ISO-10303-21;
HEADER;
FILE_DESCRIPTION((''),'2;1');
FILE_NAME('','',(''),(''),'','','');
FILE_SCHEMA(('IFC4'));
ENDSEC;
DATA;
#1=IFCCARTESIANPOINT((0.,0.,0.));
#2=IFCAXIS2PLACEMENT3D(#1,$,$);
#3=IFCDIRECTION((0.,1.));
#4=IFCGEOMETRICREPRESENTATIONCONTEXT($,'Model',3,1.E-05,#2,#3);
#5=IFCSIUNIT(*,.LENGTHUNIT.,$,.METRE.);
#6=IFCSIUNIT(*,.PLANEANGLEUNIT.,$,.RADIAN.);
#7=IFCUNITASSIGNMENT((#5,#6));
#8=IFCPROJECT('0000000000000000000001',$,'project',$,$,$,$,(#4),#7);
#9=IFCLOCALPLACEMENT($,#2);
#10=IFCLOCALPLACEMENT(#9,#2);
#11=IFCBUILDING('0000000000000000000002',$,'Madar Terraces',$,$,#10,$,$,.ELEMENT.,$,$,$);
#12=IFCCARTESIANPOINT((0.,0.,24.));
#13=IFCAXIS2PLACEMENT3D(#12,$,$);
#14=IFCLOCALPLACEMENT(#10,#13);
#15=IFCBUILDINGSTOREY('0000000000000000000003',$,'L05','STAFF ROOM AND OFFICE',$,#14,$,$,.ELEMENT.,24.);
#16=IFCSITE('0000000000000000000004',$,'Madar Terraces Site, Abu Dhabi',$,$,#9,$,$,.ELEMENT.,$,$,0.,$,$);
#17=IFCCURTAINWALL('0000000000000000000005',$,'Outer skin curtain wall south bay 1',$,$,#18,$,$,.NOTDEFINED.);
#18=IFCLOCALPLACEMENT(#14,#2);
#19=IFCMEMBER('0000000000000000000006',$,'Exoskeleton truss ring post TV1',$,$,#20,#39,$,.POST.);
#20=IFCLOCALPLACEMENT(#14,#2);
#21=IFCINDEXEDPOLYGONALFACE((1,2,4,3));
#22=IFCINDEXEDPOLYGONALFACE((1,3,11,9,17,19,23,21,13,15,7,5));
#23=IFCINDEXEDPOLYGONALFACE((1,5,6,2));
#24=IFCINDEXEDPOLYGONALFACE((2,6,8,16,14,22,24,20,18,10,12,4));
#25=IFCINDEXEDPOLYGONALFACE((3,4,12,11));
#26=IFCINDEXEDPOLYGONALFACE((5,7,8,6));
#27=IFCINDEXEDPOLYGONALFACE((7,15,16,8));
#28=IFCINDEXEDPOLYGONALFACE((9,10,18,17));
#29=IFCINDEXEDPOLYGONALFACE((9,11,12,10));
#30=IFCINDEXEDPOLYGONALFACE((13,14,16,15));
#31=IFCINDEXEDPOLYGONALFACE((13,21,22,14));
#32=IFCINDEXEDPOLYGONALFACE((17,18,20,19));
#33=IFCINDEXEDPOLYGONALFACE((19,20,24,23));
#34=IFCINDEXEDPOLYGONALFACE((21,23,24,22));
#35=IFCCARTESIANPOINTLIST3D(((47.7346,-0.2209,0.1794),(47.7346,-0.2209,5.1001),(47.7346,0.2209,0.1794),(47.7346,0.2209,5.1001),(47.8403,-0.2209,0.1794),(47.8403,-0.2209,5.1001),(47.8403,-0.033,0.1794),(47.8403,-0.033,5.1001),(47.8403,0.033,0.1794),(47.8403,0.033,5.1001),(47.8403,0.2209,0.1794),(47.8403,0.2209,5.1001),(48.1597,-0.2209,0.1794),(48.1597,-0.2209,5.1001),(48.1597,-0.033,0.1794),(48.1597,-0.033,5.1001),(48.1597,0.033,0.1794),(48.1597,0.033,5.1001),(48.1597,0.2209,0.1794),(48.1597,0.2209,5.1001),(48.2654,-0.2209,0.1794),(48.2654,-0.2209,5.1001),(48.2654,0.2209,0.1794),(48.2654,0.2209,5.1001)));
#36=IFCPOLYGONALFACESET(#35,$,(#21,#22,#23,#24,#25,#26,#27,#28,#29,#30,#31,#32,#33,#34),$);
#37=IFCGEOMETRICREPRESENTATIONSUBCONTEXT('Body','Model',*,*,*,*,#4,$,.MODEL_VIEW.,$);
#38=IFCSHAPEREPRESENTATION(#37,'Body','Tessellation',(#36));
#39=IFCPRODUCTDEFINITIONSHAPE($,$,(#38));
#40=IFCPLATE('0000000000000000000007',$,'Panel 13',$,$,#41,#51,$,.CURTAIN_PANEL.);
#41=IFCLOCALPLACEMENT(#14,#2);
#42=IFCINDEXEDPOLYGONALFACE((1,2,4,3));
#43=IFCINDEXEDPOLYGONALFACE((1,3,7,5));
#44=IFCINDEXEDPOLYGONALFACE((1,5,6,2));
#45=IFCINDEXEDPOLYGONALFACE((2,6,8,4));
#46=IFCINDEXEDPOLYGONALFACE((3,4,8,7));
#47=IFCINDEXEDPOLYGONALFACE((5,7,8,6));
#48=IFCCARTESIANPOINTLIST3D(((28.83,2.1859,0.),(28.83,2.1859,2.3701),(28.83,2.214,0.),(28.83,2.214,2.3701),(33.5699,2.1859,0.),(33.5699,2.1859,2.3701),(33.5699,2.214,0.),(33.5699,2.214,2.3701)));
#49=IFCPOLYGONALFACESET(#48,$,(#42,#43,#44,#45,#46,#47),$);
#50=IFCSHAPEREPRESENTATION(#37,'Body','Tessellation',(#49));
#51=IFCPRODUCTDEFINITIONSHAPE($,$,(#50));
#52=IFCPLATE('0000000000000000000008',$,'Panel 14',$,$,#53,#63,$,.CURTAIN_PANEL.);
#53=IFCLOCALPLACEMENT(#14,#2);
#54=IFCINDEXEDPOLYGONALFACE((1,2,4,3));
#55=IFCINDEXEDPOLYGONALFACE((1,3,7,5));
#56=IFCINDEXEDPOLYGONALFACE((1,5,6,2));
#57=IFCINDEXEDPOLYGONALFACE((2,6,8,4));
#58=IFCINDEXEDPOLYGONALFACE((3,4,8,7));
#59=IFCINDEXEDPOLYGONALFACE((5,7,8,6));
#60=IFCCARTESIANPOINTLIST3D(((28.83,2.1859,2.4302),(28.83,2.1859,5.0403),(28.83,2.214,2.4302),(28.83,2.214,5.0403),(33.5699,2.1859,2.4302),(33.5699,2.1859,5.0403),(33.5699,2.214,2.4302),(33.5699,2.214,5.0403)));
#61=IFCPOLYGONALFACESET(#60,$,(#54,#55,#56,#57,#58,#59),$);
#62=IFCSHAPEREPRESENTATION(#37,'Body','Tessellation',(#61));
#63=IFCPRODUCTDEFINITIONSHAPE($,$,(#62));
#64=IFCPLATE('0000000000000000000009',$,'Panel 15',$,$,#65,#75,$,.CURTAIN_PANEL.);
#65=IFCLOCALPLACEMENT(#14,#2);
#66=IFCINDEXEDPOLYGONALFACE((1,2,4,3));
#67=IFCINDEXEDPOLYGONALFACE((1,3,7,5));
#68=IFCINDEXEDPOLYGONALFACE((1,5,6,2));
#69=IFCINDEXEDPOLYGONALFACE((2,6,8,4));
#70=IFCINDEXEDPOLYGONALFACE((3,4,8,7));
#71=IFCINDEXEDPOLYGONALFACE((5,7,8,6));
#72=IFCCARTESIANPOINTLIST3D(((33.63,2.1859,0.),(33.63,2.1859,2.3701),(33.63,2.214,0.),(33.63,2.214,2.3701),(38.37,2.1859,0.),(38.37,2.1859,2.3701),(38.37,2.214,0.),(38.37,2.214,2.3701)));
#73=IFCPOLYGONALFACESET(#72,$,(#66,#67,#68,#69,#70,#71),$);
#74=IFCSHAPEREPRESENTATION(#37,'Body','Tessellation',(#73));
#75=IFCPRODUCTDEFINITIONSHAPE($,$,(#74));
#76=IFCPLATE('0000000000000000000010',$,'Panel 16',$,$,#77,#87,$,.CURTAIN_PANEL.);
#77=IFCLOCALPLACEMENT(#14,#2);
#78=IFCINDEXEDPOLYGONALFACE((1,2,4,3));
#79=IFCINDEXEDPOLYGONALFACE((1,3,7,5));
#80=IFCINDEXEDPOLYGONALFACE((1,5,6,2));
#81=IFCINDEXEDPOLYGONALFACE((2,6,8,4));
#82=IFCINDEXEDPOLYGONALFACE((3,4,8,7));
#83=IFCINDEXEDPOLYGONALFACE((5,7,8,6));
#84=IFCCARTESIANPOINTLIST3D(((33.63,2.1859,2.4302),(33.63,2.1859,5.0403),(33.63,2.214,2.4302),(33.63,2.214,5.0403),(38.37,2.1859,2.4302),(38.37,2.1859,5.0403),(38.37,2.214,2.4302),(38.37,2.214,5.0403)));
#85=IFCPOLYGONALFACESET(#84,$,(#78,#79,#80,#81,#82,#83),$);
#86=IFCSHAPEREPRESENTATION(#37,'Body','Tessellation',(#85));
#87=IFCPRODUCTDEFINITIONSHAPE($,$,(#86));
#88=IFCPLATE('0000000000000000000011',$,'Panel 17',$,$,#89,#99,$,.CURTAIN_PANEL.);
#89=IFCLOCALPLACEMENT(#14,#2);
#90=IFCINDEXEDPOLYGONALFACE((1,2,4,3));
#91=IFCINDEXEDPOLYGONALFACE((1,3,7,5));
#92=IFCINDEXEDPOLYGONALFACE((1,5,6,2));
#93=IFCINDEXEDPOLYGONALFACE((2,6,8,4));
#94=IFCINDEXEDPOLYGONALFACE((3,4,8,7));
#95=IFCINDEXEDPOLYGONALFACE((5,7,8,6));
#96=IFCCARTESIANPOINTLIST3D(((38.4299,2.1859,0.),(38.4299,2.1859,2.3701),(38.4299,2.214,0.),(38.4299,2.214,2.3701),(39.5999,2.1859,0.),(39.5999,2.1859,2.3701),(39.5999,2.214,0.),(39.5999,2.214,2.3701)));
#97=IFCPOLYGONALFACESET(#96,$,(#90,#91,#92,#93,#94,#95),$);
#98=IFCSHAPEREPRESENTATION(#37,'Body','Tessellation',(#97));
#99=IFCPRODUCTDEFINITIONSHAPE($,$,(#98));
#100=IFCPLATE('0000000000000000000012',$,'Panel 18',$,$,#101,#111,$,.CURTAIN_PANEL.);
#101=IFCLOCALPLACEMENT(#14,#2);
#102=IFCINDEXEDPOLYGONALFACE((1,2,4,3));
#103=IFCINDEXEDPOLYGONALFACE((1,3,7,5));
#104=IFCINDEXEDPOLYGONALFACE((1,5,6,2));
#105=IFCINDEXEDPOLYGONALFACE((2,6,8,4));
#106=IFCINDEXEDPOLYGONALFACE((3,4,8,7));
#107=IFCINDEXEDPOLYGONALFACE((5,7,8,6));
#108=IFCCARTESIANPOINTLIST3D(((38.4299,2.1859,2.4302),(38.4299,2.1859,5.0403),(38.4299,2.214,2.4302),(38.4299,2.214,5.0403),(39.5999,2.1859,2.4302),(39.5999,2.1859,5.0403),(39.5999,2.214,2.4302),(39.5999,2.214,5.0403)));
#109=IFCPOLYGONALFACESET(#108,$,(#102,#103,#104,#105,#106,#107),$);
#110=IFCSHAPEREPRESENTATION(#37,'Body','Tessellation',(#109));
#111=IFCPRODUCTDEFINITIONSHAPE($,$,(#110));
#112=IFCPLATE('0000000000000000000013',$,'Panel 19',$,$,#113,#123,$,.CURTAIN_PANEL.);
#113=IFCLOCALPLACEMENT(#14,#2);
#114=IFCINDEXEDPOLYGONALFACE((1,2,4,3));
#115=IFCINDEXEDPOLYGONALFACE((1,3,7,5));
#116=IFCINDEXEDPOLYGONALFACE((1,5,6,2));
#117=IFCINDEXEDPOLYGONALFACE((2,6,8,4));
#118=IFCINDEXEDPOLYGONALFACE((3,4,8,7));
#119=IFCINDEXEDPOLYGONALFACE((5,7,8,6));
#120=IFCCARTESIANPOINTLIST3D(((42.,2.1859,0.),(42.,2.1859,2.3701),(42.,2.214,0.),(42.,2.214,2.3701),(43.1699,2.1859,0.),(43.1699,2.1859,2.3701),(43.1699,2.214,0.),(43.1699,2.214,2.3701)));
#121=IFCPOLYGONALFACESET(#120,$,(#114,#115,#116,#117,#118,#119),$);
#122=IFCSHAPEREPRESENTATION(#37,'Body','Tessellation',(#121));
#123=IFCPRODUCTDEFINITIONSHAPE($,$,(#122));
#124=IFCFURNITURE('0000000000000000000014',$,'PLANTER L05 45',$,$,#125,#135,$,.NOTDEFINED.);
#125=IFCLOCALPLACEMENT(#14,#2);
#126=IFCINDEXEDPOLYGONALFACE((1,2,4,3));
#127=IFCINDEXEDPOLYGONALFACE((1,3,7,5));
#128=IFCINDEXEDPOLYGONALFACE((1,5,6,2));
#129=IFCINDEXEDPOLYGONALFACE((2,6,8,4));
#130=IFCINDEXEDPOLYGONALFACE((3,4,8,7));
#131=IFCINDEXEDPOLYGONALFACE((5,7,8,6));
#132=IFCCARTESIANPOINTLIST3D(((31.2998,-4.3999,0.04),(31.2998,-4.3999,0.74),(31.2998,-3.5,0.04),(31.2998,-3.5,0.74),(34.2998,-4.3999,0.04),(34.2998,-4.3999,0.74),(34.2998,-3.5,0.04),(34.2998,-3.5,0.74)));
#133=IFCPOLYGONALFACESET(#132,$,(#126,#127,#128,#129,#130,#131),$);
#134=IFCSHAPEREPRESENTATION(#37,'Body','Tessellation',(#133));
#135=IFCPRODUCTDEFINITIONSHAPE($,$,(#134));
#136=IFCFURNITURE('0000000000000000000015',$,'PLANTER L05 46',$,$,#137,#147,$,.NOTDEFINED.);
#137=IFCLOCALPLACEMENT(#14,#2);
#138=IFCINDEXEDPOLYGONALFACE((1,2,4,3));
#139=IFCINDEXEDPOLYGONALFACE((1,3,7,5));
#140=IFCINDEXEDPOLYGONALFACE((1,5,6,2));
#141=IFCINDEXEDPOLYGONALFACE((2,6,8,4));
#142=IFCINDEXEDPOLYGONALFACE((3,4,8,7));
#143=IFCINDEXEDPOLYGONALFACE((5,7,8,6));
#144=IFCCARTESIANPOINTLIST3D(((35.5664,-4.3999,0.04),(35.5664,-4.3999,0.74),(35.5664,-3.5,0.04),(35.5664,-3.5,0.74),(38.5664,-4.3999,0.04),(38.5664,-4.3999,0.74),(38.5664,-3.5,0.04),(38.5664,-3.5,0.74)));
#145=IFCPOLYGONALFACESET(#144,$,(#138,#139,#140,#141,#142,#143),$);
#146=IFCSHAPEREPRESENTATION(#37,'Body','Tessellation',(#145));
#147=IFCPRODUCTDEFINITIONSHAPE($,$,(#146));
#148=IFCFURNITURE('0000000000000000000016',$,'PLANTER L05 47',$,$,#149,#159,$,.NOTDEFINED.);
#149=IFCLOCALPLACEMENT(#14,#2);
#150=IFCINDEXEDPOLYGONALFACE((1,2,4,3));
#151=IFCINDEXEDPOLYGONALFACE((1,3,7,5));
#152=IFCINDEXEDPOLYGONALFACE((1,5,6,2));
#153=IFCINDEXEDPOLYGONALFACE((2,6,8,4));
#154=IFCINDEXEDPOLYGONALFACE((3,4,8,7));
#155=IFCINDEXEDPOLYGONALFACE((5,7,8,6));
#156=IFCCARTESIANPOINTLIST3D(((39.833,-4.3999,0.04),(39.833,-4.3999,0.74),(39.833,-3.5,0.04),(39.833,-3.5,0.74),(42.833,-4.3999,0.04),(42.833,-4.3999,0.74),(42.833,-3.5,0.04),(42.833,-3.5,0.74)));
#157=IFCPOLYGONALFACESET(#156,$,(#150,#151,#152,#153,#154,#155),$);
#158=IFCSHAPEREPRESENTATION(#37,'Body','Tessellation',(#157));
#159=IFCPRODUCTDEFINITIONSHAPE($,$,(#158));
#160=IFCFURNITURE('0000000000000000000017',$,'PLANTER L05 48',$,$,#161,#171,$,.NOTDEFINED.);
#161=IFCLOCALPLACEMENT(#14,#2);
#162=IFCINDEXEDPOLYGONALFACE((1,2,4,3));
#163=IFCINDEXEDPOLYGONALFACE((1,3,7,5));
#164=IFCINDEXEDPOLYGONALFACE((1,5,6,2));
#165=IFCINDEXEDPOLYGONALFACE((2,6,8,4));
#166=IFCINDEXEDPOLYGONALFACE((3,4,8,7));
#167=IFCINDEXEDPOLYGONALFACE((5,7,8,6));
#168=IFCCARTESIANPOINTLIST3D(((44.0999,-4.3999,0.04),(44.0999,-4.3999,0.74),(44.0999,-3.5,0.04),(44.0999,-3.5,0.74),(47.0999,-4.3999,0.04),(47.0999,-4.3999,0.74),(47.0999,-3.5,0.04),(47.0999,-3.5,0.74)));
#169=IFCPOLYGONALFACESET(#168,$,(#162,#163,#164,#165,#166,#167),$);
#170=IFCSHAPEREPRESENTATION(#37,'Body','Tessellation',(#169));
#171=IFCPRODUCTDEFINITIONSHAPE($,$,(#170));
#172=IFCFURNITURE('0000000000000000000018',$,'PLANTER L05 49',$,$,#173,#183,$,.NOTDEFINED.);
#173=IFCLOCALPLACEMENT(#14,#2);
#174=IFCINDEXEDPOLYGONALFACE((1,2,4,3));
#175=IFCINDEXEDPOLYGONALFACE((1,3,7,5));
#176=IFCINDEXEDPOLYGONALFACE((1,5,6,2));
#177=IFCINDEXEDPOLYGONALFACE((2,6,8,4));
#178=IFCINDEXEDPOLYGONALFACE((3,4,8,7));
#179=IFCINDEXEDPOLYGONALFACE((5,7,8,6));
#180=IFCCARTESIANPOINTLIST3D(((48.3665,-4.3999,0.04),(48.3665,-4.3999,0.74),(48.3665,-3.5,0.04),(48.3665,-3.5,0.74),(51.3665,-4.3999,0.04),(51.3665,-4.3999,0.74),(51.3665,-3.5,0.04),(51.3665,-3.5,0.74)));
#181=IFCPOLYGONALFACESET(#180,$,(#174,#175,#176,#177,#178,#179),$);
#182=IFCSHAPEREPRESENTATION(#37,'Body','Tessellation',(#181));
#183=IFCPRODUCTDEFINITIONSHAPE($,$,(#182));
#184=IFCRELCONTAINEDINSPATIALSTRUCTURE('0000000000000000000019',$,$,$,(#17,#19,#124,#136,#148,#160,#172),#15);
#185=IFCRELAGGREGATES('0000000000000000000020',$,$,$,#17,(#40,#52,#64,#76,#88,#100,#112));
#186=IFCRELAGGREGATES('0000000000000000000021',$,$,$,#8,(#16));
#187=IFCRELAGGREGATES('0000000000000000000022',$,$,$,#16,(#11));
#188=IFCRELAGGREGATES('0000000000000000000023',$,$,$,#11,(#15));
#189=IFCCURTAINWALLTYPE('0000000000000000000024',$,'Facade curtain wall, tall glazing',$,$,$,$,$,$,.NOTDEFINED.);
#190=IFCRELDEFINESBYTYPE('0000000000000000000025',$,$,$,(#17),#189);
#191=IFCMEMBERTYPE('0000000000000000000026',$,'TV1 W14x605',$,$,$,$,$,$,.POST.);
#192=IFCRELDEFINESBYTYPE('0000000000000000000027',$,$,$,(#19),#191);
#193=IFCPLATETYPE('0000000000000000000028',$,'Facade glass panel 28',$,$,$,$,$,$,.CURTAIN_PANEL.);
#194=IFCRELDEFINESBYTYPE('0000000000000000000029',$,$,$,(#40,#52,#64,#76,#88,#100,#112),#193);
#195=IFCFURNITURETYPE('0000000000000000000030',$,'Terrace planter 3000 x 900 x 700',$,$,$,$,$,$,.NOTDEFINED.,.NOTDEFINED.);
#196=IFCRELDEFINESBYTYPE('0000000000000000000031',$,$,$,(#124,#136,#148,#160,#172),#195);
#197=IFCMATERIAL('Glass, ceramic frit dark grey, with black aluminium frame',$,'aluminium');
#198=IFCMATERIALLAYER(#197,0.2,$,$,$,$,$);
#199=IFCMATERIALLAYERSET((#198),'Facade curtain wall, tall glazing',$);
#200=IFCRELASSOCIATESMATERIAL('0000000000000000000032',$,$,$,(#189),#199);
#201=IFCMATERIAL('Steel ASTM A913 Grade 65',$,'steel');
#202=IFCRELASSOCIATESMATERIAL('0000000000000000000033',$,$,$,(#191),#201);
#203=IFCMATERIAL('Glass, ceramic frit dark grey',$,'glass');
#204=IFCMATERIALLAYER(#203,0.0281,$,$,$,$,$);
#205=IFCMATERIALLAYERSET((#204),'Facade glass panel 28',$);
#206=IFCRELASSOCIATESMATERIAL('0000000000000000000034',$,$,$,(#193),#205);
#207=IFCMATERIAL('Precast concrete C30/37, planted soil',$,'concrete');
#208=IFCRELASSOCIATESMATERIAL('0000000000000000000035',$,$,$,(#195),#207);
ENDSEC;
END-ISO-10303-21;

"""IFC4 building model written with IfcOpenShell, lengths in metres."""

from ifc_helpers import new_model, si_unit, direction, frame, origin, origin_2d, place, context, subcontext, project, spatial, rectangle, i_section, extrude, material, layer, layer_set, material_profile, profile_set, type_object, element, aggregate, save


model = new_model("IFC4")

# Units and contexts
model_context = context("Model", 3, precision=1e-05, world=origin(), true_north=direction((0.0, 1.0)))
body_context = subcontext(model_context, "Body", "Model", "MODEL_VIEW")
ifc_project = project(units=[si_unit("LENGTHUNIT", "METRE"), si_unit("PLANEANGLEUNIT", "RADIAN")], contexts=[model_context])

# Site, building, storey
site_placement = place(None, origin())
site = spatial("IfcSite", under=ifc_project, at=site_placement, Name="Madar Terraces Site, Abu Dhabi", CompositionType="ELEMENT", RefElevation=0.0)
building_placement = place(site_placement, origin())
building = spatial("IfcBuilding", under=site, at=building_placement, Name="Madar Terraces", CompositionType="ELEMENT")
storey_placement = place(building_placement, frame((0.0, 0.0, 24.0)))
storey = spatial("IfcBuildingStorey", under=building, at=storey_placement, Name="L05", Description="STAFF ROOM AND OFFICE", CompositionType="ELEMENT", Elevation=24.0)

# Curtain wall
ifc_material_1 = material(Name="Glass, ceramic frit dark grey, with black aluminium frame", Category="aluminium")
ifc_layer_1 = layer(ifc_material_1, 0.2)
ifc_layer_set_1 = layer_set([ifc_layer_1], Name="Facade curtain wall, tall glazing")
curtain_wall_type = type_object("IfcCurtainWallType", Name="Facade curtain wall, tall glazing", PredefinedType="NOTDEFINED", material=ifc_layer_set_1)
curtain_wall_placement = place(storey_placement, origin())
curtain_wall = element("IfcCurtainWall", 1, at=curtain_wall_placement, inside=storey, type_object=curtain_wall_type, Name="Outer skin curtain wall south bay 1", PredefinedType="NOTDEFINED")

# Member
ifc_material_2 = material(Name="Steel ASTM A913 Grade 65", Category="steel")
ifc_material_profile_1 = material_profile(ifc_material_2, i_section(OverallWidth=0.4419, OverallDepth=0.5308, WebThickness=0.0659, FlangeThickness=0.1057, at=origin_2d()), Name="W14x605")
ifc_profile_set_1 = profile_set([ifc_material_profile_1], Name="Steel ASTM A913 Grade 65")
member_type_1 = type_object("IfcMemberType", Name="TV1 W14x605", PredefinedType="POST", material=ifc_profile_set_1)
member_1_placement = place(storey_placement, frame((48.0, 0.0, 0.1794), z_axis=(0.0, 0.0, 1.0), x_axis=(0.0, 1.0, 0.0)))
element("IfcMember", 2, at=member_1_placement, inside=storey, type_object=member_type_1, Name="Exoskeleton truss ring post TV1", PredefinedType="POST", context=body_context, shape_type="SweptSolid", body=[
    extrude(i_section(OverallWidth=0.4419, OverallDepth=0.5308, WebThickness=0.0659, FlangeThickness=0.1057, at=origin_2d()), origin(), (0.0, 0.0, 1.0), 4.9207),
])

# Plates
ifc_material_3 = material(Name="Glass, ceramic frit dark grey", Category="glass")
ifc_layer_2 = layer(ifc_material_3, 0.0281)
ifc_layer_set_2 = layer_set([ifc_layer_2], Name="Facade glass panel 28")
plate_type = type_object("IfcPlateType", Name="Facade glass panel 28", PredefinedType="CURTAIN_PANEL", material=ifc_layer_set_2)
plate_1_placement = place(storey_placement, frame((31.2, 2.2, 0.0), z_axis=(0.0, 0.0, 1.0), x_axis=(1.0, 0.0, 0.0)))
plate_1 = element("IfcPlate", 3, at=plate_1_placement, type_object=plate_type, Name="Panel 13", PredefinedType="CURTAIN_PANEL", context=body_context, shape_type="SweptSolid", body=[
    extrude(rectangle(XDim=4.74, YDim=0.0281, at=origin_2d()), origin(), (0.0, 0.0, 1.0), 2.3701),
])
plate_2_placement = place(storey_placement, frame((31.2, 2.2, 2.4302), z_axis=(0.0, 0.0, 1.0), x_axis=(1.0, 0.0, 0.0)))
plate_2 = element("IfcPlate", 4, at=plate_2_placement, type_object=plate_type, Name="Panel 14", PredefinedType="CURTAIN_PANEL", context=body_context, shape_type="SweptSolid", body=[
    extrude(rectangle(XDim=4.74, YDim=0.0281, at=origin_2d()), origin(), (0.0, 0.0, 1.0), 2.6101),
])
plate_3_placement = place(storey_placement, frame((36.0, 2.2, 0.0), z_axis=(0.0, 0.0, 1.0), x_axis=(1.0, 0.0, 0.0)))
plate_3 = element("IfcPlate", 5, at=plate_3_placement, type_object=plate_type, Name="Panel 15", PredefinedType="CURTAIN_PANEL", context=body_context, shape_type="SweptSolid", body=[
    extrude(rectangle(XDim=4.74, YDim=0.0281, at=origin_2d()), origin(), (0.0, 0.0, 1.0), 2.3701),
])
plate_4_placement = place(storey_placement, frame((36.0, 2.2, 2.4302), z_axis=(0.0, 0.0, 1.0), x_axis=(1.0, 0.0, 0.0)))
plate_4 = element("IfcPlate", 6, at=plate_4_placement, type_object=plate_type, Name="Panel 16", PredefinedType="CURTAIN_PANEL", context=body_context, shape_type="SweptSolid", body=[
    extrude(rectangle(XDim=4.74, YDim=0.0281, at=origin_2d()), origin(), (0.0, 0.0, 1.0), 2.6101),
])
plate_5_placement = place(storey_placement, frame((39.0149, 2.2, 0.0), z_axis=(0.0, 0.0, 1.0), x_axis=(1.0, 0.0, 0.0)))
plate_5 = element("IfcPlate", 7, at=plate_5_placement, type_object=plate_type, Name="Panel 17", PredefinedType="CURTAIN_PANEL", context=body_context, shape_type="SweptSolid", body=[
    extrude(rectangle(XDim=1.1699, YDim=0.0281, at=origin_2d()), origin(), (0.0, 0.0, 1.0), 2.3701),
])
plate_6_placement = place(storey_placement, frame((39.0149, 2.2, 2.4302), z_axis=(0.0, 0.0, 1.0), x_axis=(1.0, 0.0, 0.0)))
plate_6 = element("IfcPlate", 8, at=plate_6_placement, type_object=plate_type, Name="Panel 18", PredefinedType="CURTAIN_PANEL", context=body_context, shape_type="SweptSolid", body=[
    extrude(rectangle(XDim=1.1699, YDim=0.0281, at=origin_2d()), origin(), (0.0, 0.0, 1.0), 2.6101),
])
plate_7_placement = place(storey_placement, frame((42.585, 2.2, 0.0), z_axis=(0.0, 0.0, 1.0), x_axis=(1.0, 0.0, 0.0)))
plate_7 = element("IfcPlate", 9, at=plate_7_placement, type_object=plate_type, Name="Panel 19", PredefinedType="CURTAIN_PANEL", context=body_context, shape_type="SweptSolid", body=[
    extrude(rectangle(XDim=1.1699, YDim=0.0281, at=origin_2d()), origin(), (0.0, 0.0, 1.0), 2.3701),
])
aggregate(curtain_wall, [plate_1, plate_2, plate_3, plate_4, plate_5, plate_6, plate_7])

# Furniture
ifc_material_4 = material(Name="Precast concrete C30/37, planted soil", Category="concrete")
furniture_type = type_object("IfcFurnitureType", Name="Terrace planter 3000 x 900 x 700", AssemblyPlace="NOTDEFINED", PredefinedType="NOTDEFINED", material=ifc_material_4)
for number, where, z_axis, x_axis, name in (
    (10, (32.7998, -3.95, 0.04), (0.0, 0.0, 1.0), (1.0, 0.0, 0.0), "PLANTER L05 45"),
    (11, (37.0664, -3.95, 0.04), (0.0, 0.0, 1.0), (1.0, 0.0, 0.0), "PLANTER L05 46"),
    (12, (41.333, -3.95, 0.04), (0.0, 0.0, 1.0), (1.0, 0.0, 0.0), "PLANTER L05 47"),
    (13, (45.5999, -3.95, 0.04), (0.0, 0.0, 1.0), (1.0, 0.0, 0.0), "PLANTER L05 48"),
    (14, (49.8665, -3.95, 0.04), (0.0, 0.0, 1.0), (1.0, 0.0, 0.0), "PLANTER L05 49"),
):
    element("IfcFurniture", number, at=place(storey_placement, frame(where, z_axis=z_axis, x_axis=x_axis)), inside=storey, type_object=furniture_type, Name=name, PredefinedType="NOTDEFINED", context=body_context, shape_type="SweptSolid", body=[
        extrude(rectangle(XDim=3.0, YDim=0.8999, at=origin_2d()), origin(), (0.0, 0.0, 1.0), 0.7),
    ])

save(model, "model.ifc")
